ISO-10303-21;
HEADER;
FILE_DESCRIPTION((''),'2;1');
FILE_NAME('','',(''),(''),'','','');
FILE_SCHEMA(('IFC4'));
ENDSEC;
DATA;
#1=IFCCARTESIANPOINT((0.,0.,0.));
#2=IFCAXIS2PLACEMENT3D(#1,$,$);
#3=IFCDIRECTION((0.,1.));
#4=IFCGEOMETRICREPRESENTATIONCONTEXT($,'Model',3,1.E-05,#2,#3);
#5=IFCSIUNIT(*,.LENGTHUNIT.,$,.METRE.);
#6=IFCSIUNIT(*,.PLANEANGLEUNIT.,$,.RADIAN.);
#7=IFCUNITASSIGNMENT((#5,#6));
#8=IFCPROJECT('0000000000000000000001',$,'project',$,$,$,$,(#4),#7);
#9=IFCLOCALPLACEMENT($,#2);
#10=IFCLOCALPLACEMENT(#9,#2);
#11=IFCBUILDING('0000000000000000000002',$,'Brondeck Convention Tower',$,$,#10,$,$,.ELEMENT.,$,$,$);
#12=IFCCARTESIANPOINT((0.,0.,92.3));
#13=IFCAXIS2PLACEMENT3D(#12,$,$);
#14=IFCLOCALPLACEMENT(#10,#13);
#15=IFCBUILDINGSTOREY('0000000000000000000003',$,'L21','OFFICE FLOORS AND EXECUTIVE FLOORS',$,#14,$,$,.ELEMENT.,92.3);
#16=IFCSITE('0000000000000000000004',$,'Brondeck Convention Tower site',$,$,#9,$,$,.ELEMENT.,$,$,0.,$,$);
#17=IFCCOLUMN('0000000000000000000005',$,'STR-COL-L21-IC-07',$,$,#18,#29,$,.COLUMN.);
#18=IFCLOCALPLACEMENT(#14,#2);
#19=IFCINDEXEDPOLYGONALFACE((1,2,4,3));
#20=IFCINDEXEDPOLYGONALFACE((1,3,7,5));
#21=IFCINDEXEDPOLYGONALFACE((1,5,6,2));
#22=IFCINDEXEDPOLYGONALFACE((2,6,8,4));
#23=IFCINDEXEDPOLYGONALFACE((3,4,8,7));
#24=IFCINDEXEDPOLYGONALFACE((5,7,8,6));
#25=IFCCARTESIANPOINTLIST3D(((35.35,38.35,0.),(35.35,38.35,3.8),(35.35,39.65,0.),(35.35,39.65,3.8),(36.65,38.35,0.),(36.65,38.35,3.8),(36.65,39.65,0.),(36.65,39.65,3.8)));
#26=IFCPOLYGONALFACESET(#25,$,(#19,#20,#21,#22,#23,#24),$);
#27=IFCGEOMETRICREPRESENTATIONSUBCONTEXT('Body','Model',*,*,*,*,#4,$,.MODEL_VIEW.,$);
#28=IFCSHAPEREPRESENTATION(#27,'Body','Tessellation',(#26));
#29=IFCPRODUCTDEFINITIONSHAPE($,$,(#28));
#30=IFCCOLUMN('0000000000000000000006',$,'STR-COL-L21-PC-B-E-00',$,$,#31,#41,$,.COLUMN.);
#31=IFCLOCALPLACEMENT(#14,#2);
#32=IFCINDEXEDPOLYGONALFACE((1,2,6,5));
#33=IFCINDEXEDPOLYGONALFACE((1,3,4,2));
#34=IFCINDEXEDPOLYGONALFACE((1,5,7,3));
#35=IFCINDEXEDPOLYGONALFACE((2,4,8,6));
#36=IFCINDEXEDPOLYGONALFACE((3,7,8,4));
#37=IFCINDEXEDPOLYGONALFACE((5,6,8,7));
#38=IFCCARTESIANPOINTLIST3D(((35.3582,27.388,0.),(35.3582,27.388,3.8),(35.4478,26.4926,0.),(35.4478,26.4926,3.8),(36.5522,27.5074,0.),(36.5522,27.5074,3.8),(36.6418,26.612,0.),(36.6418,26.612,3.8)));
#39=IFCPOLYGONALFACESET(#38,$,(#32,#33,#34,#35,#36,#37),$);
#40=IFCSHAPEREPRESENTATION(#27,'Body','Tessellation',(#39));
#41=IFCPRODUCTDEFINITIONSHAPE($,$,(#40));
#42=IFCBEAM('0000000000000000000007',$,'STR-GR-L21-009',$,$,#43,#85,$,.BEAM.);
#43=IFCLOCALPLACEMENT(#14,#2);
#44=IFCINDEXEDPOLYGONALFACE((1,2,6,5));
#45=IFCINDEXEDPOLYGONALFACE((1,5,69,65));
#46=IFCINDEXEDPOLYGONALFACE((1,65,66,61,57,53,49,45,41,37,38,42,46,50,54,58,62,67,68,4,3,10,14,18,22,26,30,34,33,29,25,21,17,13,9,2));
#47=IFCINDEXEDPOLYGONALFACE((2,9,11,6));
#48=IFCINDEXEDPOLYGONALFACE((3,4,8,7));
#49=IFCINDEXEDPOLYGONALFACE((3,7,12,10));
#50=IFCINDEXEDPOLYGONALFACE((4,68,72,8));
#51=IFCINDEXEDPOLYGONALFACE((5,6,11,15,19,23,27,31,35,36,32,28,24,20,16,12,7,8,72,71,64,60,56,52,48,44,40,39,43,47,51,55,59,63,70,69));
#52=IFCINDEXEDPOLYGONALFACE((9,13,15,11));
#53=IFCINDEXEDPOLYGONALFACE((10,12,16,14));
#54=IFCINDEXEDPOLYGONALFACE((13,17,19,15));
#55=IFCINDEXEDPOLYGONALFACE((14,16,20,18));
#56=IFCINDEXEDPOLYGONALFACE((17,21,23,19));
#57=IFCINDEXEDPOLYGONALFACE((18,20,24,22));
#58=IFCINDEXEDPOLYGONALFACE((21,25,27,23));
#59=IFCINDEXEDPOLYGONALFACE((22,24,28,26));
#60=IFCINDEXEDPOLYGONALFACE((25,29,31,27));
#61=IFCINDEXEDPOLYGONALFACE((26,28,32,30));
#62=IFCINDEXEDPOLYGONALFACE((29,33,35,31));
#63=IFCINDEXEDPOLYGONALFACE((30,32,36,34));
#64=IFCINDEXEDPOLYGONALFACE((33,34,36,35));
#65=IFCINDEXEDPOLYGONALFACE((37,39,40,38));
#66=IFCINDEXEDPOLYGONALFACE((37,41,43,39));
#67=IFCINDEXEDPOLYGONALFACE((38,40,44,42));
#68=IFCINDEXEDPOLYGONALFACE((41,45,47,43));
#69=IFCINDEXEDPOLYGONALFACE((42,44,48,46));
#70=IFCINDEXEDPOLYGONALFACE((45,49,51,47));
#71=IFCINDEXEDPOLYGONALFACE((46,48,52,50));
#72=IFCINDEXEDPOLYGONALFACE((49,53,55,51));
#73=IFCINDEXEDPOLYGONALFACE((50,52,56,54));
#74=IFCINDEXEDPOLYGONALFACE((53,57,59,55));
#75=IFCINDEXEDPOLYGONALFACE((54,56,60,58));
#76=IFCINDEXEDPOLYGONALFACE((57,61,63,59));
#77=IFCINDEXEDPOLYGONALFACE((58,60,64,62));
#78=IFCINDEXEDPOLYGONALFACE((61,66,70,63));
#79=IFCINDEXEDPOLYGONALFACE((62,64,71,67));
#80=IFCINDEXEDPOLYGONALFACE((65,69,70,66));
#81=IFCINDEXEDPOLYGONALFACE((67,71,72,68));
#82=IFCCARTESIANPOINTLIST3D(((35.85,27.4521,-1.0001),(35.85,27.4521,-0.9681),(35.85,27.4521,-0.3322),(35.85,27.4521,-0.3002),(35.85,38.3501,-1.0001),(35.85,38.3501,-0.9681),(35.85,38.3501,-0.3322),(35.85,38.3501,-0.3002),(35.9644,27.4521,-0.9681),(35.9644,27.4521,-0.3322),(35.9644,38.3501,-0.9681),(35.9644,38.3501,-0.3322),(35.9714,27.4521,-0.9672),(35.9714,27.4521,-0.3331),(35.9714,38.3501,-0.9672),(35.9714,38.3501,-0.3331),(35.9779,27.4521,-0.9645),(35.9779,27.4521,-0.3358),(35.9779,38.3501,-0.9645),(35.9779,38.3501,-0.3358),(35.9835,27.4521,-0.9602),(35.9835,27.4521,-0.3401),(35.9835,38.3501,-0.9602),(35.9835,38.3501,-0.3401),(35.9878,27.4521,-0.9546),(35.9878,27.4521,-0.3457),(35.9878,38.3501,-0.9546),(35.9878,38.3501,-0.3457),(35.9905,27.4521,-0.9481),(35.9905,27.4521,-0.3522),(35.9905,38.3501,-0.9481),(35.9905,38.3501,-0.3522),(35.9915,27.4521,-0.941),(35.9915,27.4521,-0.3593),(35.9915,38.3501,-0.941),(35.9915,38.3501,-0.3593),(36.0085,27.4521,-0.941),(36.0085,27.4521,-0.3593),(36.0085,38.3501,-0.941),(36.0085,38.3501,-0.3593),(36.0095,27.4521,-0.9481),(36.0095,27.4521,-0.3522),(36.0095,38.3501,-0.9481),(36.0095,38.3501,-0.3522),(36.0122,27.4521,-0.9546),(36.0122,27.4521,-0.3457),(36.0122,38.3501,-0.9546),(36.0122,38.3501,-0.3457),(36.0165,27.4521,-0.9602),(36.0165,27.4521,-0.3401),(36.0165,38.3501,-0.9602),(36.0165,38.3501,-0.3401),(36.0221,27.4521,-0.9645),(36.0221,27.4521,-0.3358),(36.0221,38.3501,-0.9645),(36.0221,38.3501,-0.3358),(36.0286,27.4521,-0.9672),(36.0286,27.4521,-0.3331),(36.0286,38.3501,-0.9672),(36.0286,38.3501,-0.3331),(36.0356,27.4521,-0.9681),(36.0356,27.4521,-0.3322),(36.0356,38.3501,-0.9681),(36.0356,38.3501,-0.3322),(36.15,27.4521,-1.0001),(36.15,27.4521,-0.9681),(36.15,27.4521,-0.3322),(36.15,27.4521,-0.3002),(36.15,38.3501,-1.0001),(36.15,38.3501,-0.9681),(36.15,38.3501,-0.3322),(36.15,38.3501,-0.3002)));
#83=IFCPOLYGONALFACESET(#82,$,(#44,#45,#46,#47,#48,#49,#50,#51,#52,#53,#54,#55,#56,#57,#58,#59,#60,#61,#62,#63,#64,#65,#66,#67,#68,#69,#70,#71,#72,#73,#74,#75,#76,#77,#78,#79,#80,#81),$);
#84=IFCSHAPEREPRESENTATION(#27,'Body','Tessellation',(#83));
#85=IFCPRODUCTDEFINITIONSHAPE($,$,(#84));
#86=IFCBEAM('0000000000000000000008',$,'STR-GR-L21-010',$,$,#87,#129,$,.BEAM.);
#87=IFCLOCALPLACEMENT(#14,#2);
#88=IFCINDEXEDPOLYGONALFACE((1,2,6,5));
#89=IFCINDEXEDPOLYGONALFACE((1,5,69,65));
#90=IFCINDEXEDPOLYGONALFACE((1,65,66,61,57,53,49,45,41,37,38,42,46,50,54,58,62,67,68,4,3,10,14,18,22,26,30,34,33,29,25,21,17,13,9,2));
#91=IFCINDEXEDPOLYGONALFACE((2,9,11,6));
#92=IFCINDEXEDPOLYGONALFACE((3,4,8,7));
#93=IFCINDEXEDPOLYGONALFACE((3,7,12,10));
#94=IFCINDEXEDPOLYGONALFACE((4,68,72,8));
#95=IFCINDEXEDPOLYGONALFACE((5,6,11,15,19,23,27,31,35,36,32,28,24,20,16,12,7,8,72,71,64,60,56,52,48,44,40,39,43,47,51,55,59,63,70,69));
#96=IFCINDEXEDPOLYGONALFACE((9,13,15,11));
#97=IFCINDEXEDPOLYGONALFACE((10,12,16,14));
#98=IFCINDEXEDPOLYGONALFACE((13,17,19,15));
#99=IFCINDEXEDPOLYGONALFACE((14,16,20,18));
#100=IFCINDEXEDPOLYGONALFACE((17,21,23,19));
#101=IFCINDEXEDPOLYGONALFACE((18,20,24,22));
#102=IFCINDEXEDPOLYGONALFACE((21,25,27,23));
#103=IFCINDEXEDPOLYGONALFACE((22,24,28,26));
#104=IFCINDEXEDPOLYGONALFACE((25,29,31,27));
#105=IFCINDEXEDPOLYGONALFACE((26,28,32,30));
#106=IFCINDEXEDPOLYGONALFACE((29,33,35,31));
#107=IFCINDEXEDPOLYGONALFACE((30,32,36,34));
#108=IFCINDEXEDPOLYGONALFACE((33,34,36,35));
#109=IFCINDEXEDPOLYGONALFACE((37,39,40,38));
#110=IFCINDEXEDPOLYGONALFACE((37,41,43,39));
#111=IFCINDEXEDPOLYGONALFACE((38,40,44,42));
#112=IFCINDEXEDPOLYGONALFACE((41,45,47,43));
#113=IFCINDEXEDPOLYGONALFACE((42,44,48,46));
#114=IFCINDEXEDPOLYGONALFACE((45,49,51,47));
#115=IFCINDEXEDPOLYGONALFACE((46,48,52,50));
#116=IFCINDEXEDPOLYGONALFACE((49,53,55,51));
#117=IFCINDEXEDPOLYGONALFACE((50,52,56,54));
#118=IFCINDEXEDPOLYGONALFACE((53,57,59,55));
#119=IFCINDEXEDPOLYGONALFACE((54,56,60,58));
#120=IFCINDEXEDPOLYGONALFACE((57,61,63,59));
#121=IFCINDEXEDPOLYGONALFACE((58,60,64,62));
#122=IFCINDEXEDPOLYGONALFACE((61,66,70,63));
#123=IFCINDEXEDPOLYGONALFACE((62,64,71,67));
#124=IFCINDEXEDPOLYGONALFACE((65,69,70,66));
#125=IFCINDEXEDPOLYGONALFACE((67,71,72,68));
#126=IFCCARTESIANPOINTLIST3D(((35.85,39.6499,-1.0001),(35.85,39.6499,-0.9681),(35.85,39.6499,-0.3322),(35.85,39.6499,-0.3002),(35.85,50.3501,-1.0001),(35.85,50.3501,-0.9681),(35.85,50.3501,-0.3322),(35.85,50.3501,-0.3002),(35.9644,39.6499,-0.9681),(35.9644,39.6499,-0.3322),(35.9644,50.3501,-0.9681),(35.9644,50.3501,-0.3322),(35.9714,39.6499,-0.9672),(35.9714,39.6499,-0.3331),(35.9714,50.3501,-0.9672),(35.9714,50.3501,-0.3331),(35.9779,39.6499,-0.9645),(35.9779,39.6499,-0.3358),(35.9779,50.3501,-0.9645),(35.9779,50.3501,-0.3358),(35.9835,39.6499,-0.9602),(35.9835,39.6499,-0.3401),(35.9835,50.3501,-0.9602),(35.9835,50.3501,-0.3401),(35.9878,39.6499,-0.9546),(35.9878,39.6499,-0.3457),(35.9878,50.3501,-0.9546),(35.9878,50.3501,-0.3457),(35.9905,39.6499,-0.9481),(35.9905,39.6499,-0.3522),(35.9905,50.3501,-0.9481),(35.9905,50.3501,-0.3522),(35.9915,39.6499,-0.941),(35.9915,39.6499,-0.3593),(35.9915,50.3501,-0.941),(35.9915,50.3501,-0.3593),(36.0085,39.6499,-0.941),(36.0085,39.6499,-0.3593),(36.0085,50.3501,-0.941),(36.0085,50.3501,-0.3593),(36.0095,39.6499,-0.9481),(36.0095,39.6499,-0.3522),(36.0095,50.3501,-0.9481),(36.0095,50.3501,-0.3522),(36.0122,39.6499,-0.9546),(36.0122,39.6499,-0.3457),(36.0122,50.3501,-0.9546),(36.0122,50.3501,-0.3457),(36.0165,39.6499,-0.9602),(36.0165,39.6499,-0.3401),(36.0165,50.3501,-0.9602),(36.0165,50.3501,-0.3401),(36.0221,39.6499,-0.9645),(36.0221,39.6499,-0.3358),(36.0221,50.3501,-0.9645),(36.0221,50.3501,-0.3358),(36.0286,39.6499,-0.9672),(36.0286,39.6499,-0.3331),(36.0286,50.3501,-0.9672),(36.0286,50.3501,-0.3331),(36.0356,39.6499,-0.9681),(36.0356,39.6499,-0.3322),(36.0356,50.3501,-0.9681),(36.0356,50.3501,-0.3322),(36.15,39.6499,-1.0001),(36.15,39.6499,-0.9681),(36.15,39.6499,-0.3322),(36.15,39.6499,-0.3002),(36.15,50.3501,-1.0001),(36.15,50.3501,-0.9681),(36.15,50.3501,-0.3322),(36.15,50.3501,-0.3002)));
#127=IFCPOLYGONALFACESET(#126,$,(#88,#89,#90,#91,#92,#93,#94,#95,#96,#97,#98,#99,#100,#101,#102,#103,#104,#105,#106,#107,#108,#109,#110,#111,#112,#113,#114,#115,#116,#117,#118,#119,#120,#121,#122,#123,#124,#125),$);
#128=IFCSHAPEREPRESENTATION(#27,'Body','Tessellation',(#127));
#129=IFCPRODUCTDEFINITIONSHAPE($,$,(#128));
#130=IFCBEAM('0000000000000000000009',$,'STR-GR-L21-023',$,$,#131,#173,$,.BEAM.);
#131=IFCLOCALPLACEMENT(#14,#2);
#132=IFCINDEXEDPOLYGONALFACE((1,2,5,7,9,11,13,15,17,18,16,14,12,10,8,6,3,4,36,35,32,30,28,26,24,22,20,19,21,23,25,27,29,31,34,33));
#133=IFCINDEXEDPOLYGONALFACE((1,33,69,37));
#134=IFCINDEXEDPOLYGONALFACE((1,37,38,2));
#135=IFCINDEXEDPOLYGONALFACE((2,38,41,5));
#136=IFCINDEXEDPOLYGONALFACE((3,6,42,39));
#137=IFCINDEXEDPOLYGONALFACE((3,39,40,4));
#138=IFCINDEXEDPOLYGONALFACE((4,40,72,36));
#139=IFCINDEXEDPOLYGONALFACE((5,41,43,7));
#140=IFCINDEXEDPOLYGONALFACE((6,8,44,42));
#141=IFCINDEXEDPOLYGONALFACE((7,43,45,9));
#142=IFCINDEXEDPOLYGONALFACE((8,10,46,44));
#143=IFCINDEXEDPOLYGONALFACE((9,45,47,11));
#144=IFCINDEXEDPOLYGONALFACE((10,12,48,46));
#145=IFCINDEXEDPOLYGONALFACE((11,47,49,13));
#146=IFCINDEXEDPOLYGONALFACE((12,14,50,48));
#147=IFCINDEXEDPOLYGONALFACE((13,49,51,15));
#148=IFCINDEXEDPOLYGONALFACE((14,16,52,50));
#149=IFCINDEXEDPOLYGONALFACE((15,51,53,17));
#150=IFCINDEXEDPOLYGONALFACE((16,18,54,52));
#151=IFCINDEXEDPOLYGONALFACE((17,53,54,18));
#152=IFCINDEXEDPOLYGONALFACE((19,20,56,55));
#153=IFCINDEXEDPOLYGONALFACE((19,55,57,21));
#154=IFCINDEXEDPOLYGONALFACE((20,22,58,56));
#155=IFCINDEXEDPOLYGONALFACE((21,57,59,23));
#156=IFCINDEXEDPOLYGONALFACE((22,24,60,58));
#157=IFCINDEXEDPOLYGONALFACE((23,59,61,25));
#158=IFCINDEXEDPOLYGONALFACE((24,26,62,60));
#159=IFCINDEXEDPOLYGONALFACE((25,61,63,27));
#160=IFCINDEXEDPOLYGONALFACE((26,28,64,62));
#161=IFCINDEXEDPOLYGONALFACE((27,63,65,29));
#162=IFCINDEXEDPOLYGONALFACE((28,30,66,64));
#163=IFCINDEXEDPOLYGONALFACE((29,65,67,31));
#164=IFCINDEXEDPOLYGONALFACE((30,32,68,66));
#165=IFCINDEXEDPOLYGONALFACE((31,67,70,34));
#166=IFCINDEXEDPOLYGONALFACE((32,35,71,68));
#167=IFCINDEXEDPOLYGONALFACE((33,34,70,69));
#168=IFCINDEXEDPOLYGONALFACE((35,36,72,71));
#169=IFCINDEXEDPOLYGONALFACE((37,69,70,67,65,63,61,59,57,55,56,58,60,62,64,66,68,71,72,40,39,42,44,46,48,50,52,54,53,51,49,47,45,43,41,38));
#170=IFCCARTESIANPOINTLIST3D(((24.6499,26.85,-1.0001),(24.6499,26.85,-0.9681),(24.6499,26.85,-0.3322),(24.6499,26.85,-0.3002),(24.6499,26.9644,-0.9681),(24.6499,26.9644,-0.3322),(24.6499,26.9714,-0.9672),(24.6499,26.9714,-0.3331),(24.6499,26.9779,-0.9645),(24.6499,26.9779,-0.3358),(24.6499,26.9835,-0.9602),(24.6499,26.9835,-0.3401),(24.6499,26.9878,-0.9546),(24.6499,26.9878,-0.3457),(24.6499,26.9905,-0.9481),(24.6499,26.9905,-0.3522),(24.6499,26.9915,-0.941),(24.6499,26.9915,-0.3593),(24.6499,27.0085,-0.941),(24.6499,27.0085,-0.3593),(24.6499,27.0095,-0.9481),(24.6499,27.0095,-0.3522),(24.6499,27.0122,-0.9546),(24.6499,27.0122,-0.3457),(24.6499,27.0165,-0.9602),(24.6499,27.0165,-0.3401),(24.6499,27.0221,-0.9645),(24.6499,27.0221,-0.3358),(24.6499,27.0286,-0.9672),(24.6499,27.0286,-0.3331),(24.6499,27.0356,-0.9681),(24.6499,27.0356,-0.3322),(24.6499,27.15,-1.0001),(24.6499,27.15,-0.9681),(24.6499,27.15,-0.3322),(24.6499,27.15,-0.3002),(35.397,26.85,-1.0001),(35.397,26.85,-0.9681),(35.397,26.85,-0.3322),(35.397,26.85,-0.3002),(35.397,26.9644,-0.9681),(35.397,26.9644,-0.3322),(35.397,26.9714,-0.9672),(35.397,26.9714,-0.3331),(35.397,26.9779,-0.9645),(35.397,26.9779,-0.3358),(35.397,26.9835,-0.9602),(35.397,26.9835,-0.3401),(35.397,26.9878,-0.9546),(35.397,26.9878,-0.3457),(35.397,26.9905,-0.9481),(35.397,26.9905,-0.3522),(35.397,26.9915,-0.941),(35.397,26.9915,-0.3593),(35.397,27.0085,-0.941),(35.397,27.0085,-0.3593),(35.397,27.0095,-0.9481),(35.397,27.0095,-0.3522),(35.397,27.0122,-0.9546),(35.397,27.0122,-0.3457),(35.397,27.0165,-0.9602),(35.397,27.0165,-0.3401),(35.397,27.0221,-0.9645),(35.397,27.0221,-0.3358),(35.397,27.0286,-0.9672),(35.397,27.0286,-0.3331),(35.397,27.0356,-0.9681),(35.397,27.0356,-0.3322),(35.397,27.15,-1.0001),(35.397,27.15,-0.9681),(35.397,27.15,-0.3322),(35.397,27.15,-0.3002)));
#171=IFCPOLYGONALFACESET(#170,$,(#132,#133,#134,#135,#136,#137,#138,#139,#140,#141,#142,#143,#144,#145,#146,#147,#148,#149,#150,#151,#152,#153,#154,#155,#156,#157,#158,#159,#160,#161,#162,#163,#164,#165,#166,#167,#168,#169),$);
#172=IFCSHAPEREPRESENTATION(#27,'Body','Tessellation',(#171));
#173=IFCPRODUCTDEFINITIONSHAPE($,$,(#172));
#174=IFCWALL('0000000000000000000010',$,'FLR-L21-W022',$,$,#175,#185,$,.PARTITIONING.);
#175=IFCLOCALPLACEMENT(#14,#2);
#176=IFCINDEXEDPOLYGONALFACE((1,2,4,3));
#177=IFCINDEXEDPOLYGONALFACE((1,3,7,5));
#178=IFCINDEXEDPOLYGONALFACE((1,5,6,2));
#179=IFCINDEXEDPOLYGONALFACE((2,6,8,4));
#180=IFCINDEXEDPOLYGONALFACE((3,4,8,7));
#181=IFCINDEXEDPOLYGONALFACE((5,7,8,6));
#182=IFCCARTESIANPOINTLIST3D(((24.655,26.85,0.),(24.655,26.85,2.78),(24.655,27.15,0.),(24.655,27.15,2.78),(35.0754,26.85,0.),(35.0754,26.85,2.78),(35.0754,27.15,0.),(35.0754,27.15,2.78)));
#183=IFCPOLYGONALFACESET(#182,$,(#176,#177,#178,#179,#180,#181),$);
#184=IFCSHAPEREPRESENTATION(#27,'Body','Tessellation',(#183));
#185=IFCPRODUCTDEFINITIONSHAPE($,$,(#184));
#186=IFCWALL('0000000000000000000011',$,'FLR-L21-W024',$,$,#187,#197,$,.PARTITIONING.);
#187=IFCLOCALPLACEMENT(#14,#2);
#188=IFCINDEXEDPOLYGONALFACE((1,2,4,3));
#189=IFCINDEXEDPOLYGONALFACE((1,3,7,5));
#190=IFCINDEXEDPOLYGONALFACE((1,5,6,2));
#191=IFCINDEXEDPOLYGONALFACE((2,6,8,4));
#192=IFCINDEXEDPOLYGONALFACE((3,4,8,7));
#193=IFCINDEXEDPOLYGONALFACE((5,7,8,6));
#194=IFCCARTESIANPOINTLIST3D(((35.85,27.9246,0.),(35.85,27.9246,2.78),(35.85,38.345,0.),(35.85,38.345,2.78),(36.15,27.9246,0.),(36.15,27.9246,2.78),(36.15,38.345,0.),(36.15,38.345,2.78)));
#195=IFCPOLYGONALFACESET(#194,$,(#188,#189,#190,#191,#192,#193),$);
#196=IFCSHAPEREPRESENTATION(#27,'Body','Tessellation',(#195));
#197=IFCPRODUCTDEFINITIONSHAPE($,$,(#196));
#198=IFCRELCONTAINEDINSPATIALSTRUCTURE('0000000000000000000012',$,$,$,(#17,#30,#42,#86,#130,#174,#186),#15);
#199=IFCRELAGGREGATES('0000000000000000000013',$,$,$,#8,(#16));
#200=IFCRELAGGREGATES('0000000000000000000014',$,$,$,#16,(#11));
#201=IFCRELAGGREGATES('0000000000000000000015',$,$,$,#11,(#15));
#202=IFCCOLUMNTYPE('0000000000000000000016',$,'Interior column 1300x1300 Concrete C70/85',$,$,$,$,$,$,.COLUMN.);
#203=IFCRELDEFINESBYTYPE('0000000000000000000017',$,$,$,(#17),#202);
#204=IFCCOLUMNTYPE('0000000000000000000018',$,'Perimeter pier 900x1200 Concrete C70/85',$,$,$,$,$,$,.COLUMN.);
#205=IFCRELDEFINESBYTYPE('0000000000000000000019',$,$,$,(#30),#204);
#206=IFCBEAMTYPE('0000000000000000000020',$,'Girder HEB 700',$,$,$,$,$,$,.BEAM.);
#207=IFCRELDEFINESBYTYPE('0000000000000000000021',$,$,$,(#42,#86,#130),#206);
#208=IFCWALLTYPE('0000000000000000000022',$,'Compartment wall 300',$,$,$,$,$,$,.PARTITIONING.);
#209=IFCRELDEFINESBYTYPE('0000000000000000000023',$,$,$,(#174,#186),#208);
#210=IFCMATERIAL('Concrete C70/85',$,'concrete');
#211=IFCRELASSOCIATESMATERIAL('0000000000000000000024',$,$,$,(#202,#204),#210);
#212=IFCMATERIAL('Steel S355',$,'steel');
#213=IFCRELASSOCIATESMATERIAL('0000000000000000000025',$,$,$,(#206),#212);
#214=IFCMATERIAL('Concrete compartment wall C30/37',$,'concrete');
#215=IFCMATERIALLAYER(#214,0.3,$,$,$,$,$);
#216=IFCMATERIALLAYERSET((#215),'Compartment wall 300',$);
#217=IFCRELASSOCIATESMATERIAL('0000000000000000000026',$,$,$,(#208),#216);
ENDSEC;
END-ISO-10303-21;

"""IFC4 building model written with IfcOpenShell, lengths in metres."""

from ifc_helpers import new_model, si_unit, direction, frame, frame_2d, origin, origin_2d, place, context, subcontext, project, spatial, rectangle, i_section, extrude, material, layer, layer_set, material_profile, profile_set, type_object, element, save


model = new_model("IFC4")

# Units and contexts
model_context = context("Model", 3, precision=1e-05, world=origin(), true_north=direction((0.0, 1.0)))
body_context = subcontext(model_context, "Body", "Model", "MODEL_VIEW")
ifc_project = project(units=[si_unit("LENGTHUNIT", "METRE"), si_unit("PLANEANGLEUNIT", "RADIAN")], contexts=[model_context])

# Site, building, storey
site_placement = place(None, origin())
site = spatial("IfcSite", under=ifc_project, at=site_placement, Name="Brondeck Convention Tower site", CompositionType="ELEMENT", RefElevation=0.0)
building_placement = place(site_placement, origin())
building = spatial("IfcBuilding", under=site, at=building_placement, Name="Brondeck Convention Tower", CompositionType="ELEMENT")
storey_placement = place(building_placement, frame((0.0, 0.0, 92.3)))
storey = spatial("IfcBuildingStorey", under=building, at=storey_placement, Name="L21", Description="OFFICE FLOORS AND EXECUTIVE FLOORS", CompositionType="ELEMENT", Elevation=92.3)

# Columns
ifc_material_1 = material(Name="Concrete C70/85", Category="concrete")
ifc_material_profile_1 = material_profile(ifc_material_1, rectangle(XDim=1.3, YDim=1.3, at=origin_2d()), Name="Interior column 1300x1300 Concrete C70/85")
ifc_profile_set_1 = profile_set([ifc_material_profile_1], Name="Concrete C70/85")
column_type_1 = type_object("IfcColumnType", Name="Interior column 1300x1300 Concrete C70/85", PredefinedType="COLUMN", material=ifc_profile_set_1)
column_1_placement = place(storey_placement, frame((36.0, 39.0, 0.0), z_axis=(0.0, 0.0, 1.0), x_axis=(1.0, 0.0, 0.0)))
element("IfcColumn", 1, at=column_1_placement, inside=storey, type_object=column_type_1, Name="STR-COL-L21-IC-07", PredefinedType="COLUMN", context=body_context, shape_type="SweptSolid", body=[
    extrude(rectangle(XDim=1.3, YDim=1.3, at=origin_2d()), origin(), (0.0, 0.0, 1.0), 3.8),
])
ifc_material_profile_2 = material_profile(ifc_material_1, rectangle(XDim=0.8999, YDim=1.2, at=origin_2d()), Name="Perimeter pier 900x1200 Concrete C70/85")
ifc_profile_set_2 = profile_set([ifc_material_profile_2], Name="Concrete C70/85")
column_type_2 = type_object("IfcColumnType", Name="Perimeter pier 900x1200 Concrete C70/85", PredefinedType="COLUMN", material=ifc_profile_set_2)
column_2_placement = place(storey_placement, frame((36.0, 27.0, 0.0), z_axis=(0.0, 0.0, 1.0), x_axis=(-0.099504, 0.995037, 0.0)))
element("IfcColumn", 2, at=column_2_placement, inside=storey, type_object=column_type_2, Name="STR-COL-L21-PC-B-E-00", PredefinedType="COLUMN", context=body_context, shape_type="SweptSolid", body=[
    extrude(rectangle(XDim=0.8999, YDim=1.2, at=origin_2d()), origin(), (0.0, 0.0, 1.0), 3.8),
])

# Beams
ifc_material_2 = material(Name="Steel S355", Category="steel")
ifc_material_profile_3 = material_profile(ifc_material_2, i_section(OverallWidth=0.3, OverallDepth=0.7, WebThickness=0.0171, FlangeThickness=0.032, FilletRadius=0.0271, at=origin_2d()), Name="HEB 700")
ifc_profile_set_3 = profile_set([ifc_material_profile_3], Name="Steel S355")
beam_type = type_object("IfcBeamType", Name="Girder HEB 700", PredefinedType="BEAM", material=ifc_profile_set_3)
beam_1_placement = place(storey_placement, frame((36.0, 27.4521, -0.6501), z_axis=(0.0, 1.0, 0.0), x_axis=(-1.0, 0.0, 0.0)))
element("IfcBeam", 3, at=beam_1_placement, inside=storey, type_object=beam_type, Name="STR-GR-L21-009", PredefinedType="BEAM", context=body_context, shape_type="SweptSolid", body=[
    extrude(i_section(OverallWidth=0.3, OverallDepth=0.7, WebThickness=0.0171, FlangeThickness=0.032, FilletRadius=0.0271, at=origin_2d()), origin(), (0.0, 0.0, 1.0), 10.8979),
])
beam_2_placement = place(storey_placement, frame((36.0, 39.6499, -0.6501), z_axis=(0.0, 1.0, 0.0), x_axis=(-1.0, 0.0, 0.0)))
element("IfcBeam", 4, at=beam_2_placement, inside=storey, type_object=beam_type, Name="STR-GR-L21-010", PredefinedType="BEAM", context=body_context, shape_type="SweptSolid", body=[
    extrude(i_section(OverallWidth=0.3, OverallDepth=0.7, WebThickness=0.0171, FlangeThickness=0.032, FilletRadius=0.0271, at=origin_2d()), origin(), (0.0, 0.0, 1.0), 10.7002),
])
beam_3_placement = place(storey_placement, frame((24.6499, 27.0, -0.6501), z_axis=(1.0, 0.0, 0.0), x_axis=(0.0, 1.0, 0.0)))
element("IfcBeam", 5, at=beam_3_placement, inside=storey, type_object=beam_type, Name="STR-GR-L21-023", PredefinedType="BEAM", context=body_context, shape_type="SweptSolid", body=[
    extrude(i_section(OverallWidth=0.3, OverallDepth=0.7, WebThickness=0.0171, FlangeThickness=0.032, FilletRadius=0.0271, at=origin_2d()), origin(), (0.0, 0.0, 1.0), 10.7471),
])

# Walls
ifc_material_3 = material(Name="Concrete compartment wall C30/37", Category="concrete")
ifc_layer_1 = layer(ifc_material_3, 0.3)
ifc_layer_set_1 = layer_set([ifc_layer_1], Name="Compartment wall 300")
wall_type_1 = type_object("IfcWallType", Name="Compartment wall 300", PredefinedType="PARTITIONING", material=ifc_layer_set_1)
for number, where, z_axis, x_axis, name in (
    (6, (24.655, 27.0, 0.0), (0.0, 0.0, 1.0), (1.0, 0.0, 0.0), "FLR-L21-W022"),
    (7, (36.0, 27.9246, 0.0), (0.0, 0.0, 1.0), (0.0, 1.0, 0.0), "FLR-L21-W024"),
):
    element("IfcWall", number, at=place(storey_placement, frame(where, z_axis=z_axis, x_axis=x_axis)), inside=storey, type_object=wall_type_1, Name=name, PredefinedType="PARTITIONING", context=body_context, shape_type="SweptSolid", body=[
        extrude(rectangle(XDim=10.4204, YDim=0.3, at=frame_2d((5.2102, 0.0))), origin(), (0.0, 0.0, 1.0), 2.78),
    ])

save(model, "model.ifc")
